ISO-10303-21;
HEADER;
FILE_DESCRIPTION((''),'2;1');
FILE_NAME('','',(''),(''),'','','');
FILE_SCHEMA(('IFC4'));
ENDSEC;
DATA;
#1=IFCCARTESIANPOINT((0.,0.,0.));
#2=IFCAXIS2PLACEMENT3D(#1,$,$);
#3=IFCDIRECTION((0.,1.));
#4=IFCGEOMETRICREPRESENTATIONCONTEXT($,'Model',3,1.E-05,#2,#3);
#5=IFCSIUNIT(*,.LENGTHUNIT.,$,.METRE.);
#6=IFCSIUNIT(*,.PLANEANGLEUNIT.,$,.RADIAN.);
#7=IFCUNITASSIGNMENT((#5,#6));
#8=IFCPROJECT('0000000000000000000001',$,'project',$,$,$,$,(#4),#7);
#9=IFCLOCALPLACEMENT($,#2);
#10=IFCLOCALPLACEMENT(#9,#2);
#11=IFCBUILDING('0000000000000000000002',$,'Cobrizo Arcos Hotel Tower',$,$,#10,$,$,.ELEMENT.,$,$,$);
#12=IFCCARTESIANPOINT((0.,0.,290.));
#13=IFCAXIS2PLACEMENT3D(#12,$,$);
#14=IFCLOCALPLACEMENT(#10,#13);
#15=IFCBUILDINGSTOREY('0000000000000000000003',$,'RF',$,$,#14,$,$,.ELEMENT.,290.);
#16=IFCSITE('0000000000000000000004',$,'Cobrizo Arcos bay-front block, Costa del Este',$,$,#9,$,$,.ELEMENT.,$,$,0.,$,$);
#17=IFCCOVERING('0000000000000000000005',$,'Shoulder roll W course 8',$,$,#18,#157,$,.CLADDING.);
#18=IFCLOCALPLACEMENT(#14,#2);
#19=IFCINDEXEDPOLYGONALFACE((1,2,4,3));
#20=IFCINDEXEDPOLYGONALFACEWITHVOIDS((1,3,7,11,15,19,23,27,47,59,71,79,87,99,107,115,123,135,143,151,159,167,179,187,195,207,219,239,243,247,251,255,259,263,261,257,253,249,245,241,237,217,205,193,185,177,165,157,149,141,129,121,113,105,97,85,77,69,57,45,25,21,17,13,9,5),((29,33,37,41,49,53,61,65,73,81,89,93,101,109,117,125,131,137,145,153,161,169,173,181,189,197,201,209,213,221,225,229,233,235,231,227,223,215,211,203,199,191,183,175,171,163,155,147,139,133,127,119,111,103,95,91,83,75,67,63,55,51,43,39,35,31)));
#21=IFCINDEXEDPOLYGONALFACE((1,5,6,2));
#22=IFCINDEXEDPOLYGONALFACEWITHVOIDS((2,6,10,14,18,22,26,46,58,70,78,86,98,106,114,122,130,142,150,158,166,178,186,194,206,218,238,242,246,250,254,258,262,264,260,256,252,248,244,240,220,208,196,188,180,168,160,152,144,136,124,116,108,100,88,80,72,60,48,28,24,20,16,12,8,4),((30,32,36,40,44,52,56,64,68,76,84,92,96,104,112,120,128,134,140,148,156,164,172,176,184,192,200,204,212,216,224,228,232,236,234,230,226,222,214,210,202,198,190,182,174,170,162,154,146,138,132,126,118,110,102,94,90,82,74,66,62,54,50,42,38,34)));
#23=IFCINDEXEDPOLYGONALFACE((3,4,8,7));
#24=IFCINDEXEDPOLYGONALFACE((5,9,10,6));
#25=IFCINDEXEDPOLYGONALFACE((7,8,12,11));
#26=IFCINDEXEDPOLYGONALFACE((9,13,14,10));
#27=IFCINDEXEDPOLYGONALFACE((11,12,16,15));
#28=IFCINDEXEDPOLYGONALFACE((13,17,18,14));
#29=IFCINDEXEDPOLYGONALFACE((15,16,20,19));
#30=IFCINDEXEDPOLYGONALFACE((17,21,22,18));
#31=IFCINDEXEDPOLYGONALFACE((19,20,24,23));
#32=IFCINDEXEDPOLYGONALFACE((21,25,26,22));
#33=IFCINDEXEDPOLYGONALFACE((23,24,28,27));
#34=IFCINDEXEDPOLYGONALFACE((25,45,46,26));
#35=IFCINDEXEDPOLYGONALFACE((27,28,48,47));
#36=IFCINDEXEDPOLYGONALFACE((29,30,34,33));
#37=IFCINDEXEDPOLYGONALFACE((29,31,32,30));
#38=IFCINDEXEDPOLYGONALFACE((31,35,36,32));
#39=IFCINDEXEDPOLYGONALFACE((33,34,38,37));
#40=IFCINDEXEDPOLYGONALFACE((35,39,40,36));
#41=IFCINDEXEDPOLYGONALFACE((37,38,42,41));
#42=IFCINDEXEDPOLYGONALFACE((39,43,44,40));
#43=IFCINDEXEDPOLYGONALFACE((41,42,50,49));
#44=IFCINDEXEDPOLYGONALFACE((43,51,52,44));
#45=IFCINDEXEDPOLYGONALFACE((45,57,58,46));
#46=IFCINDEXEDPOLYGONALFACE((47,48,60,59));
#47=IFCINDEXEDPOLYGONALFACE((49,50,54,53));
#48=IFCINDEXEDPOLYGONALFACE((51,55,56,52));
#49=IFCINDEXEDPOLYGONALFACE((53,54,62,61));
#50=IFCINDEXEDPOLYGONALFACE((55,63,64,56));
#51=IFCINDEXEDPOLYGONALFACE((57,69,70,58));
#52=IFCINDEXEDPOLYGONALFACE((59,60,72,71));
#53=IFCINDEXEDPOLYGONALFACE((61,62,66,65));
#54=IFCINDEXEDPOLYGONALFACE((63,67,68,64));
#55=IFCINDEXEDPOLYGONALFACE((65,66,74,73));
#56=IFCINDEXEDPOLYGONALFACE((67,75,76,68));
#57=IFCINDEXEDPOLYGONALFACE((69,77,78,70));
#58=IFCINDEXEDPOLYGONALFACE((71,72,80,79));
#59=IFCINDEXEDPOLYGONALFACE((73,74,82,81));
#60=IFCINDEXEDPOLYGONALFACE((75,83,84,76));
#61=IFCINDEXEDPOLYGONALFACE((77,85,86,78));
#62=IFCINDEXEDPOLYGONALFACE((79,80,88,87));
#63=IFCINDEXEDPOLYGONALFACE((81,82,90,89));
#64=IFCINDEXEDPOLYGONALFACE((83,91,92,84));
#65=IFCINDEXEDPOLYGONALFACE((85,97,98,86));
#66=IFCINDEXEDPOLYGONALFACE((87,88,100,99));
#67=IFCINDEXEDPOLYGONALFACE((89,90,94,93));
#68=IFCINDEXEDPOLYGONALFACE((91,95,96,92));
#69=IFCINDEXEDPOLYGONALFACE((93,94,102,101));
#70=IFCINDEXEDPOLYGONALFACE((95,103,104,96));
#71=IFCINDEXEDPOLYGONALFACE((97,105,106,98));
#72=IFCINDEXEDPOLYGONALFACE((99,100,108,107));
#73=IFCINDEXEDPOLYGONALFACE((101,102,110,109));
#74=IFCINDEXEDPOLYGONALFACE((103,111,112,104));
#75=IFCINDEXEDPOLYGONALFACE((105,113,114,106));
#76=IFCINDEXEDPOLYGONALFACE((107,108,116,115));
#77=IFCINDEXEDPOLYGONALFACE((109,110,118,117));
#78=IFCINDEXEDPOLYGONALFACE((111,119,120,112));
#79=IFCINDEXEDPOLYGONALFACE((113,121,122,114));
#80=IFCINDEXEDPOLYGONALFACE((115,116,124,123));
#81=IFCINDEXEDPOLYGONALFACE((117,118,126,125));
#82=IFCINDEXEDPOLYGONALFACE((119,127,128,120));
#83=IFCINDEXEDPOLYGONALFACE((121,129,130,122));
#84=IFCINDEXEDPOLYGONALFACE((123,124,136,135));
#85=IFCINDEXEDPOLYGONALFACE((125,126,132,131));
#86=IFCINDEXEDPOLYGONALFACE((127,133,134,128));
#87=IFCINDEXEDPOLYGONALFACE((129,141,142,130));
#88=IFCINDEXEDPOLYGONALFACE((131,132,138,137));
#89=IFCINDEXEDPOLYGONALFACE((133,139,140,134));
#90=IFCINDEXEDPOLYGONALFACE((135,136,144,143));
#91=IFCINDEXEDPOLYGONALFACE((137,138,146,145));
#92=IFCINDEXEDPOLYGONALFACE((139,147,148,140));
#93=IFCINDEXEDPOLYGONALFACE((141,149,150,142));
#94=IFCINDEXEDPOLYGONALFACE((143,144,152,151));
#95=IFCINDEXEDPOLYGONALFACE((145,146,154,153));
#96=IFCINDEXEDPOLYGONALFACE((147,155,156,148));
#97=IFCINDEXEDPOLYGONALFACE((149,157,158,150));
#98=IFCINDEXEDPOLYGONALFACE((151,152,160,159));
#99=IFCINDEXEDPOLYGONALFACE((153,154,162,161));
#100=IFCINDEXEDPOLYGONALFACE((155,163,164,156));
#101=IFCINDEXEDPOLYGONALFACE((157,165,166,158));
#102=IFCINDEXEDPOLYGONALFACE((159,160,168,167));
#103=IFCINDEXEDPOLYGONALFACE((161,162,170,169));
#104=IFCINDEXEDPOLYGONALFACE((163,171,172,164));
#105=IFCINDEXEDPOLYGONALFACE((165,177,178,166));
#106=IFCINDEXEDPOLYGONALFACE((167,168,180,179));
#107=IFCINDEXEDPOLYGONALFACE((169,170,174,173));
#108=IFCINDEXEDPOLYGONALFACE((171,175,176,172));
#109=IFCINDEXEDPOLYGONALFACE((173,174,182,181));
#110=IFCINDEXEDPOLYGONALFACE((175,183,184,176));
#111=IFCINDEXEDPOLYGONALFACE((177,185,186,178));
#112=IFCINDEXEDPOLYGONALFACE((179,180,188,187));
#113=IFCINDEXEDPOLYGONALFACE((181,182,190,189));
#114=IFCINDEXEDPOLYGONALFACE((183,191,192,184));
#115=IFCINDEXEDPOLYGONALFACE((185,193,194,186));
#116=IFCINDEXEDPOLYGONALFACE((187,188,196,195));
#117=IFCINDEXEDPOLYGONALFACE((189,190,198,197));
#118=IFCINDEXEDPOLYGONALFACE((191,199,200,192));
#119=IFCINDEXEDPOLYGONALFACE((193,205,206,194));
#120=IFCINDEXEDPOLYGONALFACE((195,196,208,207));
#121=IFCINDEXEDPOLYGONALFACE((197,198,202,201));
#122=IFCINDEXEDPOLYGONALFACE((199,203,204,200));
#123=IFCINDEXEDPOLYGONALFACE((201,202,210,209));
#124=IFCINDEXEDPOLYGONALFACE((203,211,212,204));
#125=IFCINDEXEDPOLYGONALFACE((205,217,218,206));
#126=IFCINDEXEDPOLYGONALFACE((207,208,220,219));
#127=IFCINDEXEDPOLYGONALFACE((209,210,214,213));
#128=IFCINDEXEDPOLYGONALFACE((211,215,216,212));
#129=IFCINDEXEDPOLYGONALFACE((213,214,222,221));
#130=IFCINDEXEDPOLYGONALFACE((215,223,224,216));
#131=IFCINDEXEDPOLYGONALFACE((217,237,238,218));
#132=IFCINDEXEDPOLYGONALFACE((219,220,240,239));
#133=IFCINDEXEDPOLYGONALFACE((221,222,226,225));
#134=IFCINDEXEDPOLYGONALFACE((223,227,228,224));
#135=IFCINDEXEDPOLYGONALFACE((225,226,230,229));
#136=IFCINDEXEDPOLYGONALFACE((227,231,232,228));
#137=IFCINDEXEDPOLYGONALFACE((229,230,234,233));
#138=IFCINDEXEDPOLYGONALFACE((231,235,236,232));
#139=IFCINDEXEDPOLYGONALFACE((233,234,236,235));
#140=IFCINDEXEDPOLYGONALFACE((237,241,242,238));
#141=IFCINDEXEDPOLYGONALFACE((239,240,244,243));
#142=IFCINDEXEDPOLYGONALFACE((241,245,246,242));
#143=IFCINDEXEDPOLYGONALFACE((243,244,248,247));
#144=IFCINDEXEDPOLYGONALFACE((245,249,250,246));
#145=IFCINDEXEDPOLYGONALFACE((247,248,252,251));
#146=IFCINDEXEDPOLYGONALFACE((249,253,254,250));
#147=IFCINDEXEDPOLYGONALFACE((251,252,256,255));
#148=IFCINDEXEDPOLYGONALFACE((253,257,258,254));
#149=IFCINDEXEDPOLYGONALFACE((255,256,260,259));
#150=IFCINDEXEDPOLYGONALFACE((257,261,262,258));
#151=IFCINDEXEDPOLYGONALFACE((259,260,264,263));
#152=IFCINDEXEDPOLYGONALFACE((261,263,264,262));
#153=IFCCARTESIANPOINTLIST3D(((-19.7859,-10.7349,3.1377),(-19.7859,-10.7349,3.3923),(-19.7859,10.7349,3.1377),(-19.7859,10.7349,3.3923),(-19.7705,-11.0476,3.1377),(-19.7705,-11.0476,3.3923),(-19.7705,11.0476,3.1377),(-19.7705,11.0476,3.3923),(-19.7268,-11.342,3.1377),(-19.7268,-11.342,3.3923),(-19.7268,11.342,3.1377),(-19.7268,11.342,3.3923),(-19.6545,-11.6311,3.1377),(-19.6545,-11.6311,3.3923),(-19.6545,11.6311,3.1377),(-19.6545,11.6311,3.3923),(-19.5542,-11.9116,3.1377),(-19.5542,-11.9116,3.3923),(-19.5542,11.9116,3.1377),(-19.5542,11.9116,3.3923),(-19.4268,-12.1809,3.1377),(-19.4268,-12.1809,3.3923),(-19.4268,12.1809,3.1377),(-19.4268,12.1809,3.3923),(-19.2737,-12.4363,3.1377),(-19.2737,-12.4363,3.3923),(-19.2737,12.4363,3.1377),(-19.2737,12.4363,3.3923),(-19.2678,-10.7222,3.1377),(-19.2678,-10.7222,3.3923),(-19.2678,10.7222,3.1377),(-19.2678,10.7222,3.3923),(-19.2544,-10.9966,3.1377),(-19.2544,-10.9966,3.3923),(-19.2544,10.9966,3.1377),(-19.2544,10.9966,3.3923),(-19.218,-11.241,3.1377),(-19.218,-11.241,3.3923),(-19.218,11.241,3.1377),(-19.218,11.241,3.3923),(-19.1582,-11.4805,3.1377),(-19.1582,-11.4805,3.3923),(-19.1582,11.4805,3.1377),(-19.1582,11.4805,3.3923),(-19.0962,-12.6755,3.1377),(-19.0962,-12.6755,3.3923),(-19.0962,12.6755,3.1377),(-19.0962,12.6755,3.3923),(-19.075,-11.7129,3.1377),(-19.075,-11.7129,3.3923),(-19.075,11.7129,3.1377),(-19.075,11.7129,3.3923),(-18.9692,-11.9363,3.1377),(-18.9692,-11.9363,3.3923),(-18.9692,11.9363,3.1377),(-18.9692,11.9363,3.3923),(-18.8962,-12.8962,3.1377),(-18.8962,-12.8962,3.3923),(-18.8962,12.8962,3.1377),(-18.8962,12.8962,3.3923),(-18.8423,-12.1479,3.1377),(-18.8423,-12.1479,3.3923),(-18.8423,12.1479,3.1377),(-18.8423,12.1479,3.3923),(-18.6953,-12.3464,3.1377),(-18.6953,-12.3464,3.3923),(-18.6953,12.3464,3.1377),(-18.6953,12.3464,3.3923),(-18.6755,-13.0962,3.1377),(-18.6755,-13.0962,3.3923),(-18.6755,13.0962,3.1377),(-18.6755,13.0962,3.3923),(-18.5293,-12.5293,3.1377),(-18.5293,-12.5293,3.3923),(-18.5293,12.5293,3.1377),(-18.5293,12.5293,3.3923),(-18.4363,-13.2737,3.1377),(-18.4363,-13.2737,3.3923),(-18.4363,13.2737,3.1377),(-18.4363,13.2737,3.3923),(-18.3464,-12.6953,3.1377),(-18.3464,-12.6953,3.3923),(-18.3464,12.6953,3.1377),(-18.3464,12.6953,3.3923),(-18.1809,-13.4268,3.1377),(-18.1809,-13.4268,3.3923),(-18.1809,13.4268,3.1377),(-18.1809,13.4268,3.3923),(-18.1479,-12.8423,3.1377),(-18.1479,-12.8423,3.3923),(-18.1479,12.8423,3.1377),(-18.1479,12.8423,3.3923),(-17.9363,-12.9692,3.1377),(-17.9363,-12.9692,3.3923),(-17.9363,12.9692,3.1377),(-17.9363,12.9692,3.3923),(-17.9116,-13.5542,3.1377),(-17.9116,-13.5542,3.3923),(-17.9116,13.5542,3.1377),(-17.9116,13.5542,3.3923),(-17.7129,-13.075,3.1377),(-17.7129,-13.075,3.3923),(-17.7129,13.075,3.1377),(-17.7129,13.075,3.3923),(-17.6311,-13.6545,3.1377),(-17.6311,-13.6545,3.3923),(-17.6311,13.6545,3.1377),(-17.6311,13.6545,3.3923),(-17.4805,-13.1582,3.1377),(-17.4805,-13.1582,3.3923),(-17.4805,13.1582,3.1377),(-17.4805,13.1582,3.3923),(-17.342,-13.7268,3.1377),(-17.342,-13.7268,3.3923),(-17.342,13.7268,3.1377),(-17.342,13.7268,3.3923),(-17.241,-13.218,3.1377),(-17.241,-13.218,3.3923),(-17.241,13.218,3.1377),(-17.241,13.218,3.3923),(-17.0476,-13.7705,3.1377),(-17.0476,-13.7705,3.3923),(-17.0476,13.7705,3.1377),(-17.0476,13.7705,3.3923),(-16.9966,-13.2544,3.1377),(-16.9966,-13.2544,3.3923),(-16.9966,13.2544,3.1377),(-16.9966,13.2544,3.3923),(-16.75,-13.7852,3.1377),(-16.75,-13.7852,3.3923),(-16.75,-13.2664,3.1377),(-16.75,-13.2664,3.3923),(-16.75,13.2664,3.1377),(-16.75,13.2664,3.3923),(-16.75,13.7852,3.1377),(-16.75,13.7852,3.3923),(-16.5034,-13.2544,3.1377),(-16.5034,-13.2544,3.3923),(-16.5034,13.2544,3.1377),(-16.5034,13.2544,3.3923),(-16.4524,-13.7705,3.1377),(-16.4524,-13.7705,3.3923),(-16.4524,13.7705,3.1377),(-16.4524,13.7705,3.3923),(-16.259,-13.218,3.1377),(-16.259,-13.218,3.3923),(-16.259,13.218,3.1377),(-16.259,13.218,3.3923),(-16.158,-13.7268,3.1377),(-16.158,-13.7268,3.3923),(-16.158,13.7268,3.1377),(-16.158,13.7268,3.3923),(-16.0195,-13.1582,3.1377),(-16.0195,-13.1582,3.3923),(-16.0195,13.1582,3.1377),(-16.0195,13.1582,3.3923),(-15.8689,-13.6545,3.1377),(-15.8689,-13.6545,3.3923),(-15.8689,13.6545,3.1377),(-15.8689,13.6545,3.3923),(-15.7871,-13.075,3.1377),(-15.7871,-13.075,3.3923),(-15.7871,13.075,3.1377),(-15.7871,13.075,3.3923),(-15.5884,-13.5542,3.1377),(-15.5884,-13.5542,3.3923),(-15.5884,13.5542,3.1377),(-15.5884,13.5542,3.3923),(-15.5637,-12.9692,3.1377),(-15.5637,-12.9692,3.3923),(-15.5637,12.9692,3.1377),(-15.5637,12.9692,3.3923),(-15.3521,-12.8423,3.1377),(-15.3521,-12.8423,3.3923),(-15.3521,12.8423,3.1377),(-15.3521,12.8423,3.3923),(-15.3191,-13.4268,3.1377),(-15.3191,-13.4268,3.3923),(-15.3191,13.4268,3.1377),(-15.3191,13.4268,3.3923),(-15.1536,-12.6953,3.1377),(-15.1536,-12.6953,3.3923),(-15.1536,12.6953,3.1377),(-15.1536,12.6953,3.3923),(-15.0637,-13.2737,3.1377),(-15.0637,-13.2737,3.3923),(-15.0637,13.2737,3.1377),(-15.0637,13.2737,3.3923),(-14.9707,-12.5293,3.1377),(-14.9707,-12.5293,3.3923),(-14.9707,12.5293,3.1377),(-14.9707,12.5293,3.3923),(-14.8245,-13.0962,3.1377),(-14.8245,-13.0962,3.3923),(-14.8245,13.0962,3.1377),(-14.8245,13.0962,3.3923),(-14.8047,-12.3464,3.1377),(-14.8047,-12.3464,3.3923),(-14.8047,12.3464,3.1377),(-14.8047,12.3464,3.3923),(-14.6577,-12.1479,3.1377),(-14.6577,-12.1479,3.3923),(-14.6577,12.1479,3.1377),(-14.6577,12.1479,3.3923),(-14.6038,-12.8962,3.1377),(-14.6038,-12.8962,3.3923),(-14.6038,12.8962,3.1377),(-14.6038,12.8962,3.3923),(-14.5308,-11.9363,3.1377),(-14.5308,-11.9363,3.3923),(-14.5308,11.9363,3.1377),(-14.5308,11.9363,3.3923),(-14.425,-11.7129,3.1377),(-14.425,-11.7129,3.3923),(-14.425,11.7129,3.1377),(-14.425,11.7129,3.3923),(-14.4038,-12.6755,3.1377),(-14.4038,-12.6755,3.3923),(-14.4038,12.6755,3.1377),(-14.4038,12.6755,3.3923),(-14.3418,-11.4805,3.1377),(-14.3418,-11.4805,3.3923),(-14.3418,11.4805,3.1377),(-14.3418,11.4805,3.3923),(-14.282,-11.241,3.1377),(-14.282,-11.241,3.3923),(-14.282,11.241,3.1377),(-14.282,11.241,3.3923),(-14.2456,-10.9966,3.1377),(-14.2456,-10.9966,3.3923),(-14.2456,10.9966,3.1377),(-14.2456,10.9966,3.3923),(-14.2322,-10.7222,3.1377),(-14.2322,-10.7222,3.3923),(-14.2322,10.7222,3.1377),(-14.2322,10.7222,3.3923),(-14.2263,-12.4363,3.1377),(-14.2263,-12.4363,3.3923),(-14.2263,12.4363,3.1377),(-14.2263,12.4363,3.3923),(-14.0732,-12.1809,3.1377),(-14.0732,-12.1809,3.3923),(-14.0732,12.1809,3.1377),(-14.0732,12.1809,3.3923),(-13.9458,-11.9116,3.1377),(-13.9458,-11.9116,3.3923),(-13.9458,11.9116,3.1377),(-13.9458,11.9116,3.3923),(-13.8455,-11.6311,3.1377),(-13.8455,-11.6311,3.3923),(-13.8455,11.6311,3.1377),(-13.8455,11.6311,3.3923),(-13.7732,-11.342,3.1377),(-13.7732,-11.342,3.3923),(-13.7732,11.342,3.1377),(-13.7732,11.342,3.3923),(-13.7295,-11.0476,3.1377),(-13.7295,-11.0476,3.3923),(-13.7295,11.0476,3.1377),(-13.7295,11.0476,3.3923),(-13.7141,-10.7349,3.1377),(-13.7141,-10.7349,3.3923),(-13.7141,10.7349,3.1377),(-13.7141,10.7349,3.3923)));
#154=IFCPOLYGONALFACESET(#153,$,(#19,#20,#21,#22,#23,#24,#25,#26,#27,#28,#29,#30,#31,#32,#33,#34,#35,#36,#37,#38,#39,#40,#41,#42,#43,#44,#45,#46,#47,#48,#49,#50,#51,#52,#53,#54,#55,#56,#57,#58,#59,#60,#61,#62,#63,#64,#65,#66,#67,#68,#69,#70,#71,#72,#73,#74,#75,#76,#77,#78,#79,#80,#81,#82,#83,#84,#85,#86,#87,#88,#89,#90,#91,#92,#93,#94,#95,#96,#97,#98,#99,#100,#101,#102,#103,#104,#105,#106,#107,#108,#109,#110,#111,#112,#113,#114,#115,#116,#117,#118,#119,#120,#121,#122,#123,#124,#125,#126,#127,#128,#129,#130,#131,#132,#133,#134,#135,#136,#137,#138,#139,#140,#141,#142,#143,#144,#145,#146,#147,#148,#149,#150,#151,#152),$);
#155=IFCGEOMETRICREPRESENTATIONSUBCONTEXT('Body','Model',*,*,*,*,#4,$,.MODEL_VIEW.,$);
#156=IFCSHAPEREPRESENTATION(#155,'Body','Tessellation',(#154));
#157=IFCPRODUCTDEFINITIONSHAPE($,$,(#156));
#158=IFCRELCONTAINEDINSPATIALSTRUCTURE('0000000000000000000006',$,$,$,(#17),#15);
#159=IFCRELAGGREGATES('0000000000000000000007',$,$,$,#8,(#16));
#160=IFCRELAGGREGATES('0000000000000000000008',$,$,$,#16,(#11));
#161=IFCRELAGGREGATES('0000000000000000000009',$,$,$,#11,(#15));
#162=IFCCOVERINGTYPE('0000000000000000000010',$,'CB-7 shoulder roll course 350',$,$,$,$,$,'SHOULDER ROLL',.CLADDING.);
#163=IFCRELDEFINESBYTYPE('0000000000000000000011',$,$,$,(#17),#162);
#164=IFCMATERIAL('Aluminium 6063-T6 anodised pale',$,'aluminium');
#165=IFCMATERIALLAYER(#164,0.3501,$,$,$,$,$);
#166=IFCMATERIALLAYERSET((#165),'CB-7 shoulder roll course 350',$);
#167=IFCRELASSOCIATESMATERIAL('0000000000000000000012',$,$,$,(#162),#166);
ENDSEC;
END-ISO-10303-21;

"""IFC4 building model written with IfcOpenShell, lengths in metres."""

from ifc_helpers import new_model, si_unit, direction, frame, origin, place, context, subcontext, project, spatial, polyline, outline, extrude, material, layer, layer_set, type_object, element, save


model = new_model("IFC4")

# Units and contexts
model_context = context("Model", 3, precision=1e-05, world=origin(), true_north=direction((0.0, 1.0)))
body_context = subcontext(model_context, "Body", "Model", "MODEL_VIEW")
ifc_project = project(units=[si_unit("LENGTHUNIT", "METRE"), si_unit("PLANEANGLEUNIT", "RADIAN")], contexts=[model_context])

# Site, building, storey
site_placement = place(None, origin())
site = spatial("IfcSite", under=ifc_project, at=site_placement, Name="Cobrizo Arcos bay-front block, Costa del Este", CompositionType="ELEMENT", RefElevation=0.0)
building_placement = place(site_placement, origin())
building = spatial("IfcBuilding", under=site, at=building_placement, Name="Cobrizo Arcos Hotel Tower", CompositionType="ELEMENT")
storey_placement = place(building_placement, frame((0.0, 0.0, 290.0)))
storey = spatial("IfcBuildingStorey", under=building, at=storey_placement, Name="RF", CompositionType="ELEMENT", Elevation=290.0)

# Covering
ifc_material_1 = material(Name="Aluminium 6063-T6 anodised pale", Category="aluminium")
ifc_layer_1 = layer(ifc_material_1, 0.3501)
ifc_layer_set_1 = layer_set([ifc_layer_1], Name="CB-7 shoulder roll course 350")
covering_type_1 = type_object("IfcCoveringType", Name="CB-7 shoulder roll course 350", ElementType="SHOULDER ROLL", PredefinedType="CLADDING", material=ifc_layer_set_1)
covering_1_placement = place(storey_placement, frame((0.0, 0.0, 3.1377)))
element("IfcCovering", 1, at=covering_1_placement, inside=storey, type_object=covering_type_1, Name="Shoulder roll W course 8", PredefinedType="CLADDING", context=body_context, shape_type="SweptSolid", body=[
    extrude(outline(polyline([(-19.7859, 10.7349), (-19.7705, 11.0476), (-19.7268, 11.342), (-19.6545, 11.6311), (-19.5542, 11.9116), (-19.4268, 12.1809), (-19.2737, 12.4363), (-19.0962, 12.6755), (-18.8962, 12.8962), (-18.6755, 13.0962), (-18.4363, 13.2737), (-18.1809, 13.4268), (-17.9116, 13.5542), (-17.6311, 13.6545), (-17.342, 13.7268), (-17.0476, 13.7705), (-16.75, 13.7852), (-16.4524, 13.7705), (-16.158, 13.7268), (-15.8689, 13.6545), (-15.5884, 13.5542), (-15.3191, 13.4268), (-15.0637, 13.2737), (-14.8245, 13.0962), (-14.6038, 12.8962), (-14.4038, 12.6755), (-14.2263, 12.4363), (-14.0732, 12.1809), (-13.9458, 11.9116), (-13.8455, 11.6311), (-13.7732, 11.342), (-13.7295, 11.0476), (-13.7141, 10.7349), (-13.7141, -10.7349), (-13.7295, -11.0476), (-13.7732, -11.342), (-13.8455, -11.6311), (-13.9458, -11.9116), (-14.0732, -12.1809), (-14.2263, -12.4363), (-14.4038, -12.6755), (-14.6038, -12.8962), (-14.8245, -13.0962), (-15.0637, -13.2737), (-15.3191, -13.4268), (-15.5884, -13.5542), (-15.8689, -13.6545), (-16.158, -13.7268), (-16.4524, -13.7705), (-16.75, -13.7852), (-17.0476, -13.7705), (-17.342, -13.7268), (-17.6311, -13.6545), (-17.9116, -13.5542), (-18.1809, -13.4268), (-18.4363, -13.2737), (-18.6755, -13.0962), (-18.8962, -12.8962), (-19.0962, -12.6755), (-19.2737, -12.4363), (-19.4268, -12.1809), (-19.5542, -11.9116), (-19.6545, -11.6311), (-19.7268, -11.342), (-19.7705, -11.0476), (-19.7859, -10.7349), (-19.7859, 10.7349)]), holes=[polyline([(-19.2678, 10.7222), (-19.2544, 10.9966), (-19.218, 11.241), (-19.1582, 11.4805), (-19.075, 11.7129), (-18.9692, 11.9363), (-18.8423, 12.1479), (-18.6953, 12.3464), (-18.5293, 12.5293), (-18.3464, 12.6953), (-18.1479, 12.8423), (-17.9363, 12.9692), (-17.7129, 13.075), (-17.4805, 13.1582), (-17.241, 13.218), (-16.9966, 13.2544), (-16.75, 13.2664), (-16.5034, 13.2544), (-16.259, 13.218), (-16.0195, 13.1582), (-15.7871, 13.075), (-15.5637, 12.9692), (-15.3521, 12.8423), (-15.1536, 12.6953), (-14.9707, 12.5293), (-14.8047, 12.3464), (-14.6577, 12.1479), (-14.5308, 11.9363), (-14.425, 11.7129), (-14.3418, 11.4805), (-14.282, 11.241), (-14.2456, 10.9966), (-14.2322, 10.7222), (-14.2322, -10.7222), (-14.2456, -10.9966), (-14.282, -11.241), (-14.3418, -11.4805), (-14.425, -11.7129), (-14.5308, -11.9363), (-14.6577, -12.1479), (-14.8047, -12.3464), (-14.9707, -12.5293), (-15.1536, -12.6953), (-15.3521, -12.8423), (-15.5637, -12.9692), (-15.7871, -13.075), (-16.0195, -13.1582), (-16.259, -13.218), (-16.5034, -13.2544), (-16.75, -13.2664), (-16.9966, -13.2544), (-17.241, -13.218), (-17.4805, -13.1582), (-17.7129, -13.075), (-17.9363, -12.9692), (-18.1479, -12.8423), (-18.3464, -12.6953), (-18.5293, -12.5293), (-18.6953, -12.3464), (-18.8423, -12.1479), (-18.9692, -11.9363), (-19.075, -11.7129), (-19.1582, -11.4805), (-19.218, -11.241), (-19.2544, -10.9966), (-19.2678, -10.7222), (-19.2678, 10.7222)])]), origin(), (0.0, 0.0, 1.0), 0.2546),
])

save(model, "model.ifc")
